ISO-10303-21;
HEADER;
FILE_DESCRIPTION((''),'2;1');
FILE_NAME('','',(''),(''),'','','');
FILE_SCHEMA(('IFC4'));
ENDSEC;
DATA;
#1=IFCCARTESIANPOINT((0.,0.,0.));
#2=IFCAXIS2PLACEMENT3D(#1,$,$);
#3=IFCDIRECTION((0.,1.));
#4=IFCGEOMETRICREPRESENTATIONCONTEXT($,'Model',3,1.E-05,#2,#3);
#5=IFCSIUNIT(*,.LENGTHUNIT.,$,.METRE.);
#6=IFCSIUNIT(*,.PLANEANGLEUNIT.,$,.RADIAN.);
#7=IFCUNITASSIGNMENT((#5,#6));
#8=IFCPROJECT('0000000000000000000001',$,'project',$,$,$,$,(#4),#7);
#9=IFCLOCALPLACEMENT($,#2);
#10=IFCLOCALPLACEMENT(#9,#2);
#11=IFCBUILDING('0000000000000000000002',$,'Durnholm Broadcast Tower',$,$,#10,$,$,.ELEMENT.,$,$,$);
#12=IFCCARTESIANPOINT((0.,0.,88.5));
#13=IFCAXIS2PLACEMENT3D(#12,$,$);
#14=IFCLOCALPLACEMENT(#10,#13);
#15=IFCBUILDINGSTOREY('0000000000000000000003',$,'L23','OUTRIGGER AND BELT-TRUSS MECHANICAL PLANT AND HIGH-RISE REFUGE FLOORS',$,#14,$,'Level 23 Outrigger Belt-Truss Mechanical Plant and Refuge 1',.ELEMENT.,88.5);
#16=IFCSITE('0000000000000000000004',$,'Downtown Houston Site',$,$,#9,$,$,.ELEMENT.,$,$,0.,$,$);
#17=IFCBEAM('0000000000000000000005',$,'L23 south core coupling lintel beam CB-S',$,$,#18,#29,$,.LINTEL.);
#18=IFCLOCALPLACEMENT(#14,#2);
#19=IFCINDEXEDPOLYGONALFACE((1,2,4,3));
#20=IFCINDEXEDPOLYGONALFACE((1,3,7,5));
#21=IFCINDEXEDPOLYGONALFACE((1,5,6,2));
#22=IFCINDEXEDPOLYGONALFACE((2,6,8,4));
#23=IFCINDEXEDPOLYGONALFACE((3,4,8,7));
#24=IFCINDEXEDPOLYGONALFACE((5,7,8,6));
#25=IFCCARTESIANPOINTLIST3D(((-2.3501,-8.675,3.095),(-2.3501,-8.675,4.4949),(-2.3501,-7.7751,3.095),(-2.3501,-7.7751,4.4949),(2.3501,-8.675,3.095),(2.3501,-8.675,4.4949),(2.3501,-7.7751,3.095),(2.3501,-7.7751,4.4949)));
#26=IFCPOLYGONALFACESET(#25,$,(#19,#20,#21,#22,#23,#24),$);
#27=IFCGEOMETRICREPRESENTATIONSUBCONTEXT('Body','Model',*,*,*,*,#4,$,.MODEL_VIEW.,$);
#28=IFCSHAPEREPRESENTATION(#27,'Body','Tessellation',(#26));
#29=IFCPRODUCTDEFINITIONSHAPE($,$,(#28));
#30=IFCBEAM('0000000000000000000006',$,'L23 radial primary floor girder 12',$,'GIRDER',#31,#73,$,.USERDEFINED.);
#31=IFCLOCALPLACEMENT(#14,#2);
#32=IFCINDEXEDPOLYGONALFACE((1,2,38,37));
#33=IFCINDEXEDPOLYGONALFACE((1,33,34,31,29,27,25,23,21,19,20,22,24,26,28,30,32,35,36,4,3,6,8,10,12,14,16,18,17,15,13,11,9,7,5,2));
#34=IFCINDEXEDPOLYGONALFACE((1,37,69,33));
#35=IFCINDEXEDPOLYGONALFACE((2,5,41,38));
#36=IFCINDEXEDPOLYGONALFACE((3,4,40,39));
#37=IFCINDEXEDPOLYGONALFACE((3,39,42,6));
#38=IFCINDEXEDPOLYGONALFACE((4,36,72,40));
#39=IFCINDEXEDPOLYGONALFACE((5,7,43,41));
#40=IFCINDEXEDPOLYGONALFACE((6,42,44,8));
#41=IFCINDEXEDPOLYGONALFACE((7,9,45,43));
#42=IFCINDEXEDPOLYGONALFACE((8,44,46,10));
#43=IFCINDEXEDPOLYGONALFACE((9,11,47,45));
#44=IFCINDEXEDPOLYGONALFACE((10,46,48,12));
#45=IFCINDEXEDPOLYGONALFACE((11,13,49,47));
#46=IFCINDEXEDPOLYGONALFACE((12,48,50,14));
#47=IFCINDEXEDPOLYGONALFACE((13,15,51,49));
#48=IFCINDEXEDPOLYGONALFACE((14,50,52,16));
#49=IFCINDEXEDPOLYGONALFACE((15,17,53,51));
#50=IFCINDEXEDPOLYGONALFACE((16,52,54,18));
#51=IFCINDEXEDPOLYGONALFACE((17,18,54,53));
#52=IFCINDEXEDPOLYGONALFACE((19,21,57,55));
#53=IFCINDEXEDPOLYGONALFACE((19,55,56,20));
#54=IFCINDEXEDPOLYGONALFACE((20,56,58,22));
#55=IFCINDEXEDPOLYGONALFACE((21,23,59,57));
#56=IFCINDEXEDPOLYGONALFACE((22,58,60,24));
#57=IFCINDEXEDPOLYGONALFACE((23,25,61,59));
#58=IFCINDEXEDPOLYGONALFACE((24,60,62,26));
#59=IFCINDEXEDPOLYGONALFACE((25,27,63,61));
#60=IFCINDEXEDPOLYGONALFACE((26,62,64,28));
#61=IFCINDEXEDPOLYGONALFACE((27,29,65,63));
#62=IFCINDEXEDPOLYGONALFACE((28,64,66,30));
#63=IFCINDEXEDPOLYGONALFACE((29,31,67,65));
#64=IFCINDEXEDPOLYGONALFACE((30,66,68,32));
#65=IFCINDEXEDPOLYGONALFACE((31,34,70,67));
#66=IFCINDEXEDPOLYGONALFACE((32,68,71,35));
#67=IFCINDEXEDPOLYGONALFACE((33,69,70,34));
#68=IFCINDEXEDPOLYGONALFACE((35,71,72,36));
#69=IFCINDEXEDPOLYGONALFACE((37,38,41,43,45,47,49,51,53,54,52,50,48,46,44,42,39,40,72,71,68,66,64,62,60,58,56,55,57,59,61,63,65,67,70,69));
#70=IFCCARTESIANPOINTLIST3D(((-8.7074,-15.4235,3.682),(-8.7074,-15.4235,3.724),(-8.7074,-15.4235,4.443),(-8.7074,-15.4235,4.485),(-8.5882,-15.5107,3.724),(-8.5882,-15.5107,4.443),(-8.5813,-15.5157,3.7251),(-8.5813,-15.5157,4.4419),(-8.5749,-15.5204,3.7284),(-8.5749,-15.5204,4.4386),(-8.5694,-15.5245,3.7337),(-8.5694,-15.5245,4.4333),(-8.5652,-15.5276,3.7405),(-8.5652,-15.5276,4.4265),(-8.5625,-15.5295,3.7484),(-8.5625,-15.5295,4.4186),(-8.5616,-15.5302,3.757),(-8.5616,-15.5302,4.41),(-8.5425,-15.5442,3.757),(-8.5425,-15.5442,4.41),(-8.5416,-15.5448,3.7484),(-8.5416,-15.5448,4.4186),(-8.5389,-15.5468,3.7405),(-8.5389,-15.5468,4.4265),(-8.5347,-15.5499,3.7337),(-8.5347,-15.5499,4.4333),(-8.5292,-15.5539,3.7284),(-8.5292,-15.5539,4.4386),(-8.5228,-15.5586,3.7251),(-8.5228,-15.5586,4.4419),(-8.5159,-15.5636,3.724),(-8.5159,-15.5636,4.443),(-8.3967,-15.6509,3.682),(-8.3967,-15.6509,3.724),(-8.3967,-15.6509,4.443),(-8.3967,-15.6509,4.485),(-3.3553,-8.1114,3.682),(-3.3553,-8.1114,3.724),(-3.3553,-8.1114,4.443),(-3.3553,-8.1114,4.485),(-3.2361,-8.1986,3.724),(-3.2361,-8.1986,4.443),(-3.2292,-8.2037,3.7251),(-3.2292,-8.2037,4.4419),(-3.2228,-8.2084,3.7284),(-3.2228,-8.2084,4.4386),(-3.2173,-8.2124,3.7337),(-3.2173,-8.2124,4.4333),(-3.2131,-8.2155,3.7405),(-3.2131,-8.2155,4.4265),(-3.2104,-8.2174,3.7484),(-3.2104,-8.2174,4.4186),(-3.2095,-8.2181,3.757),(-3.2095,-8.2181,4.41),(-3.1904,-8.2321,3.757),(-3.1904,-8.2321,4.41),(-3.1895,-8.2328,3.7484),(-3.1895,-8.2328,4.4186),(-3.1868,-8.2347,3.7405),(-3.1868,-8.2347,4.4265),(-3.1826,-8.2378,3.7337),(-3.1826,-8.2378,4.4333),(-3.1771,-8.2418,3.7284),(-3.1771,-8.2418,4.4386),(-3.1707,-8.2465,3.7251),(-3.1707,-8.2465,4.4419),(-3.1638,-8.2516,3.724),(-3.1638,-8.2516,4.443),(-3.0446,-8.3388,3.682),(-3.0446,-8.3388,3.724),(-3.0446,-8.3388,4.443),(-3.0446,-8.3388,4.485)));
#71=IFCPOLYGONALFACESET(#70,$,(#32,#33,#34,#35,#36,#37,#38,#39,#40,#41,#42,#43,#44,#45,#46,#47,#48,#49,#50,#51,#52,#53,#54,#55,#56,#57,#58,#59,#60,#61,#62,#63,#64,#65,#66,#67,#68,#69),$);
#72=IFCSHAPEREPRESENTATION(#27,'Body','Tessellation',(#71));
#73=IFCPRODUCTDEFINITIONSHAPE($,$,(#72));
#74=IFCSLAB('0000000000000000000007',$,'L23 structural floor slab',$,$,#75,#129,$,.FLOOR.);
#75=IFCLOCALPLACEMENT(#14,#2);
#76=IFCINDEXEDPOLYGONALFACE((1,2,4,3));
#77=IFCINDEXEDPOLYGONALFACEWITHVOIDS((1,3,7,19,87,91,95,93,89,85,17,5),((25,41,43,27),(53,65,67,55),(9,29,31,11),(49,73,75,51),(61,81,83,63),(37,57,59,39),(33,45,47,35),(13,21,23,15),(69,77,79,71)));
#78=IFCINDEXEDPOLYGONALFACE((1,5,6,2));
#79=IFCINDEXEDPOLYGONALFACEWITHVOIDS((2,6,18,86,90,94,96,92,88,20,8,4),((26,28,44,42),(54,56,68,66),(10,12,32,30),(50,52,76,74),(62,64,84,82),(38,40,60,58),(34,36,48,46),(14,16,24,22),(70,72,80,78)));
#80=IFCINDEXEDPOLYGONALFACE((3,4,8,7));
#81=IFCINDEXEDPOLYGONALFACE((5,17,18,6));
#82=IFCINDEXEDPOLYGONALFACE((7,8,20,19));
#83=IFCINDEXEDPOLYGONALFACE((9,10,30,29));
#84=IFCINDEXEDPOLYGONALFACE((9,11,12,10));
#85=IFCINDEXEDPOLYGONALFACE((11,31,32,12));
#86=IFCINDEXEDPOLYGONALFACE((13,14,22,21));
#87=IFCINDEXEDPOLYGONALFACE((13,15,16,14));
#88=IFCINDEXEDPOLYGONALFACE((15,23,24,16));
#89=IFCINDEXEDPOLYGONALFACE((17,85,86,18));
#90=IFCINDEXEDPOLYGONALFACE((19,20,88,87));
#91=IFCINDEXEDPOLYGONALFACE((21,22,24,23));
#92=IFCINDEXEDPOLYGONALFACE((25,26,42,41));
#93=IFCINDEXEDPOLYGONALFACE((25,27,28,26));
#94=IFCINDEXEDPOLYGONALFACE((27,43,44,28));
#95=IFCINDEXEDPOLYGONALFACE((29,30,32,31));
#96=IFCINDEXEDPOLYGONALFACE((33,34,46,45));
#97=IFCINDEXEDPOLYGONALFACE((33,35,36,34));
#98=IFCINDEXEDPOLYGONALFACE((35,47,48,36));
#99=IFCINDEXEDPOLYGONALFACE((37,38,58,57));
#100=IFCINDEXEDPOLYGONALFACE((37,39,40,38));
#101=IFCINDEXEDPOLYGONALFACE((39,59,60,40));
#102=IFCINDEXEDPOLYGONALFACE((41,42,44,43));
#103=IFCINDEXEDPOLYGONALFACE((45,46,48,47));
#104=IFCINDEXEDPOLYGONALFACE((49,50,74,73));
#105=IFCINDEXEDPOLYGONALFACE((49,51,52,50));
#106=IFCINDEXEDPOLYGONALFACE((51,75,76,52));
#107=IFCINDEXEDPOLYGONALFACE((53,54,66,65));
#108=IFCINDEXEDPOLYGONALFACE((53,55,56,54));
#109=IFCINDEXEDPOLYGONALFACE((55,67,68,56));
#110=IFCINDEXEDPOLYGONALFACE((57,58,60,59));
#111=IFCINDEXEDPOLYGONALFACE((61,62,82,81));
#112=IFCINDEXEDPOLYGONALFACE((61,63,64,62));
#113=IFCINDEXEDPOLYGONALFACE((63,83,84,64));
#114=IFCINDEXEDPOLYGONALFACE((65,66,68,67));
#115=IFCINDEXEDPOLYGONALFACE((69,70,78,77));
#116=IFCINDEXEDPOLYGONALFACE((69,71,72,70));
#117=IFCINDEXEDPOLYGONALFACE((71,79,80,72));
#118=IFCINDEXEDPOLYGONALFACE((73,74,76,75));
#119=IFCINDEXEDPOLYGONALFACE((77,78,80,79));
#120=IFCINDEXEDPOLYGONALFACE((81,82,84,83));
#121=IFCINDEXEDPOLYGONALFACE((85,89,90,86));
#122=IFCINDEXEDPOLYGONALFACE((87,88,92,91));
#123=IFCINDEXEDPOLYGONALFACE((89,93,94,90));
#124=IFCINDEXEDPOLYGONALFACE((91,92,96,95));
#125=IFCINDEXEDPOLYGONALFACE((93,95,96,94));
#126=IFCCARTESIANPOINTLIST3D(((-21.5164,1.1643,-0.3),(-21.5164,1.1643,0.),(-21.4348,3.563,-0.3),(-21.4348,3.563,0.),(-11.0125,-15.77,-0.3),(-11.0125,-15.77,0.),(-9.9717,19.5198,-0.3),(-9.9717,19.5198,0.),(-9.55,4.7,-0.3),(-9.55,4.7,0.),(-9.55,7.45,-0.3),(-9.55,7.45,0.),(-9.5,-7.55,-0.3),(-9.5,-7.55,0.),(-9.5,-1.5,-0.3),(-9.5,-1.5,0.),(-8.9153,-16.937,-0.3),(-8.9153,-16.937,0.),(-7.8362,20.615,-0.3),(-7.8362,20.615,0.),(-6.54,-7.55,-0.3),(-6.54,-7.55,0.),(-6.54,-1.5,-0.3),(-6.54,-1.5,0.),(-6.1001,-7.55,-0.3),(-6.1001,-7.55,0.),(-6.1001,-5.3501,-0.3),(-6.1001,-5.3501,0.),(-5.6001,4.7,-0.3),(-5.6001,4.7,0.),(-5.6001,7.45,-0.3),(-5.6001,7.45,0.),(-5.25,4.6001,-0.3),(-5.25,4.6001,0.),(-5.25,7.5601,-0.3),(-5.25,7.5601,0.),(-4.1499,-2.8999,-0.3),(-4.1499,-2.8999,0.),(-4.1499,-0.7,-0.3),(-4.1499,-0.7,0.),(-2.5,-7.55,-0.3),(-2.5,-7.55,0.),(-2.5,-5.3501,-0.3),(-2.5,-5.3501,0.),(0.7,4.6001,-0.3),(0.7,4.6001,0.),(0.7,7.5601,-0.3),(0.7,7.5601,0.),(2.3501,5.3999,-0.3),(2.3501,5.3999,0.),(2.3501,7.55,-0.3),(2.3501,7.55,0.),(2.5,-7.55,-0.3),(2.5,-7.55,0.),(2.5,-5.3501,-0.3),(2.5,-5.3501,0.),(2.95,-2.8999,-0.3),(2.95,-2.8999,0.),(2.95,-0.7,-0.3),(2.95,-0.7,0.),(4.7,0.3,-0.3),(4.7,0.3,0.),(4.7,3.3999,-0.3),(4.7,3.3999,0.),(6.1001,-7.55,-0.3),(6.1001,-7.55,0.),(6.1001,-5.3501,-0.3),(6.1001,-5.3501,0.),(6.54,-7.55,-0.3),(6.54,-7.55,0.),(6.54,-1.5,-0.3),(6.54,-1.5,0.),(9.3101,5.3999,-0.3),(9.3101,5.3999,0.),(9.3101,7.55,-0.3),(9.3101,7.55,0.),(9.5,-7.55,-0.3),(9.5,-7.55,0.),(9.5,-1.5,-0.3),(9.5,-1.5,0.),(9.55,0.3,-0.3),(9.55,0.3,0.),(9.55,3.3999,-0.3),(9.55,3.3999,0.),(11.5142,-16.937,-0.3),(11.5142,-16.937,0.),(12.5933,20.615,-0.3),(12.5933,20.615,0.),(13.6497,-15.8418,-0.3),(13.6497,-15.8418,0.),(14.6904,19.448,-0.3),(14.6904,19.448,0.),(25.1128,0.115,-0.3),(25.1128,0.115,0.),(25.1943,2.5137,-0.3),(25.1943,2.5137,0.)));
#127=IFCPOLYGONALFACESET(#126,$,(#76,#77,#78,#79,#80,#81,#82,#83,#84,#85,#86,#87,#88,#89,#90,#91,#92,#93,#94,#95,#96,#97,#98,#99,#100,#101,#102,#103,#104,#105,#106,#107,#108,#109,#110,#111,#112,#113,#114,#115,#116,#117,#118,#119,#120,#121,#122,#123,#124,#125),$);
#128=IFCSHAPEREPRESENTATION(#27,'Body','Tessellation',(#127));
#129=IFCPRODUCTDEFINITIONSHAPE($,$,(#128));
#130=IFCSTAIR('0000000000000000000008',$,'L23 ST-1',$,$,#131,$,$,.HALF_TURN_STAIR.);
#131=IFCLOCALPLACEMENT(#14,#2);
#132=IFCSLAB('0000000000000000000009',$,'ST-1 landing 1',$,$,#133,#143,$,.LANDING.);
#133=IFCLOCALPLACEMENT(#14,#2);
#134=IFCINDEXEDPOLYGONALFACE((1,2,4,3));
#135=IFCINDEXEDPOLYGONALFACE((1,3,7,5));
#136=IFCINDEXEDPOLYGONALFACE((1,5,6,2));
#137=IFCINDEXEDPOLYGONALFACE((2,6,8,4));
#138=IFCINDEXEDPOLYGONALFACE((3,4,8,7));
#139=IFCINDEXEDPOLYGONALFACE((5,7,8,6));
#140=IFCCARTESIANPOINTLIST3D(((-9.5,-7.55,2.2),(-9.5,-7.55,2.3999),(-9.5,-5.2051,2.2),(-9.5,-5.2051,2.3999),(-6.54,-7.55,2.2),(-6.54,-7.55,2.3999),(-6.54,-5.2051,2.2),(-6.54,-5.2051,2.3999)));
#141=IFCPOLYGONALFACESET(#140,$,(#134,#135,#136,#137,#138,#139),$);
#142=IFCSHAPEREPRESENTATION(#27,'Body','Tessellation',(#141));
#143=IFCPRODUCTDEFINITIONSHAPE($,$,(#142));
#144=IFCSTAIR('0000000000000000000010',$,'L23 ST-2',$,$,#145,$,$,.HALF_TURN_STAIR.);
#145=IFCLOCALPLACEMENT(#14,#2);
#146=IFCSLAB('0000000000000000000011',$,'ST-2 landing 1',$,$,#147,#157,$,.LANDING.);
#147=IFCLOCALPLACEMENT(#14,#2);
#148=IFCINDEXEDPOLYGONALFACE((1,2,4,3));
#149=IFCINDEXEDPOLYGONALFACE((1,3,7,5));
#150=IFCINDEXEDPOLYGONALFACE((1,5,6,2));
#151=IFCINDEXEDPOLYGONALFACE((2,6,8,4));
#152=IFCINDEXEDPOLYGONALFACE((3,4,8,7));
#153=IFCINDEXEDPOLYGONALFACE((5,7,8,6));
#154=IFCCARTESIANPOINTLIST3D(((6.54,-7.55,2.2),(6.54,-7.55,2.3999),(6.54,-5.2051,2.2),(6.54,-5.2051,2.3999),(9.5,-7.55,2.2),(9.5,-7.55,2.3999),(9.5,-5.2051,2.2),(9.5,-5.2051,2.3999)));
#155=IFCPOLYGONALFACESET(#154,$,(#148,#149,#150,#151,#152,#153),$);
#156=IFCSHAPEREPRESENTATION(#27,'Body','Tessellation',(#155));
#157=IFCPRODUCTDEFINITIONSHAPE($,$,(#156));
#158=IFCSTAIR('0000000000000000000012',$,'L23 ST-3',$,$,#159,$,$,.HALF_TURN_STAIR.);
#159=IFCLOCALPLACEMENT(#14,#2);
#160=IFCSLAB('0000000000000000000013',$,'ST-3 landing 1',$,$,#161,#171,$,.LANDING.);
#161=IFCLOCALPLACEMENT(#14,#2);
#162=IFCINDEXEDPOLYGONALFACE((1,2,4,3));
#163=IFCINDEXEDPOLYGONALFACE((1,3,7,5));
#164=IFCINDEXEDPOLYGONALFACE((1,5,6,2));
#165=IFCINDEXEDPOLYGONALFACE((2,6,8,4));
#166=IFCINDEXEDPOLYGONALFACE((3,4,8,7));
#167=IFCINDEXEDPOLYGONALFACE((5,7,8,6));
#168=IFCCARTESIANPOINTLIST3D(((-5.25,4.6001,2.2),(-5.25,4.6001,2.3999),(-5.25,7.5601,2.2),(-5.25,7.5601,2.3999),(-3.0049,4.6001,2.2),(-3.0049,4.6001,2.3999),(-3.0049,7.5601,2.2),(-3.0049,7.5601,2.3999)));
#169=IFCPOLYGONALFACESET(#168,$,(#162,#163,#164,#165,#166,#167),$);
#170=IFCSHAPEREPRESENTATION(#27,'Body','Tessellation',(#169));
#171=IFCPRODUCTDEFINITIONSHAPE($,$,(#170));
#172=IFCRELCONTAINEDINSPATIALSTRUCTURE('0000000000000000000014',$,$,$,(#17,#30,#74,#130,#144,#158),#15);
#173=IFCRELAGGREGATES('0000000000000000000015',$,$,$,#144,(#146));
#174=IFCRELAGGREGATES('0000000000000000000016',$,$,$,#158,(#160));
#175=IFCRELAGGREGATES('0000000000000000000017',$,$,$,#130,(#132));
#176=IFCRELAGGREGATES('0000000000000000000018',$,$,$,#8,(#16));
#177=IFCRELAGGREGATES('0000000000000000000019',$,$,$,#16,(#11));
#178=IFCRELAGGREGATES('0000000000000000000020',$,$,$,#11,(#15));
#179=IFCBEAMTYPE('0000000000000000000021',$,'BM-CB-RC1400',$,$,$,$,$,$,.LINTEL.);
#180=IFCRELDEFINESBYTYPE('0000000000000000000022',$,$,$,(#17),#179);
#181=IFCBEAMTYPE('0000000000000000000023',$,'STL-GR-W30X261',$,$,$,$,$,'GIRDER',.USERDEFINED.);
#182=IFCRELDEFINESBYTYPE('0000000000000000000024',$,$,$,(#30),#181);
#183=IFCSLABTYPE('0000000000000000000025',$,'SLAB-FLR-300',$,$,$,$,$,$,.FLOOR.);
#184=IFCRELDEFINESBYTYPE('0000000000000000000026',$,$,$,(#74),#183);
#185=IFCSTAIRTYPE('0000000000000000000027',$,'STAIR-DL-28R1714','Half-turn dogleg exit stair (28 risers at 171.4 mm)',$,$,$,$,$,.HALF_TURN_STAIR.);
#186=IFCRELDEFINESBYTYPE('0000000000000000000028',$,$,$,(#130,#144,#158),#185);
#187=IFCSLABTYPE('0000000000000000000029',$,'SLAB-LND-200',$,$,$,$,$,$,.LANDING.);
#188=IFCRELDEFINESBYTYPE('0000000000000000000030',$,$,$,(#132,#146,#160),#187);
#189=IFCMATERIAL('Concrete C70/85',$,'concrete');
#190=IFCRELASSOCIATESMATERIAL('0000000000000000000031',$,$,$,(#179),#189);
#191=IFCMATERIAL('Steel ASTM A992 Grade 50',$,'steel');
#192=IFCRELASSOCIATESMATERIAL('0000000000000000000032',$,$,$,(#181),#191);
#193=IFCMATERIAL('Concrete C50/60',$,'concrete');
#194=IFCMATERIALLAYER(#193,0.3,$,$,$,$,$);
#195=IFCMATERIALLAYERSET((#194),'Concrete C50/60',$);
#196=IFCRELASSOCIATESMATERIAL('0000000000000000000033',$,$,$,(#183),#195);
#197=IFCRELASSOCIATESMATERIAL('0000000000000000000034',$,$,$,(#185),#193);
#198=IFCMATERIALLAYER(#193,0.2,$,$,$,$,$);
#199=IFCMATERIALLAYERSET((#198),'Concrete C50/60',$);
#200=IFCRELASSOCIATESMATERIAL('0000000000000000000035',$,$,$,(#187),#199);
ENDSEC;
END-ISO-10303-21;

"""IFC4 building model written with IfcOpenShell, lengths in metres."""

from ifc_helpers import new_model, si_unit, direction, frame, origin, origin_2d, place, context, subcontext, project, spatial, polyline, rectangle, i_section, outline, extrude, source, transform, mapped, material, layer, layer_set, material_profile, profile_set, type_object, type_shapes, element, aggregate, save


model = new_model("IFC4")

# Units and contexts
model_context = context("Model", 3, precision=1e-05, world=origin(), true_north=direction((0.0, 1.0)))
body_context = subcontext(model_context, "Body", "Model", "MODEL_VIEW")
ifc_project = project(units=[si_unit("LENGTHUNIT", "METRE"), si_unit("PLANEANGLEUNIT", "RADIAN")], contexts=[model_context])

# Site, building, storey
site_placement = place(None, origin())
site = spatial("IfcSite", under=ifc_project, at=site_placement, Name="Downtown Houston Site", CompositionType="ELEMENT", RefElevation=0.0)
building_placement = place(site_placement, origin())
building = spatial("IfcBuilding", under=site, at=building_placement, Name="Durnholm Broadcast Tower", CompositionType="ELEMENT")
storey_placement = place(building_placement, frame((0.0, 0.0, 88.5)))
storey = spatial("IfcBuildingStorey", under=building, at=storey_placement, Name="L23", Description="OUTRIGGER AND BELT-TRUSS MECHANICAL PLANT AND HIGH-RISE REFUGE FLOORS", LongName="Level 23 Outrigger Belt-Truss Mechanical Plant and Refuge 1", CompositionType="ELEMENT", Elevation=88.5)

# Beams
ifc_material_1 = material(Name="Concrete C70/85", Category="concrete")
ifc_material_profile_1 = material_profile(ifc_material_1, rectangle(XDim=0.8999, YDim=1.3999, at=origin_2d()), Name="RC900X1400")
ifc_profile_set_1 = profile_set([ifc_material_profile_1], Name="Concrete C70/85")
beam_type_1 = type_object("IfcBeamType", Name="BM-CB-RC1400", PredefinedType="LINTEL", material=ifc_profile_set_1)
shared_shape_1 = source(origin(), body_context, "Body", "SweptSolid", [
    extrude(rectangle(XDim=0.8999, YDim=1.3999, at=origin_2d()), origin(), (0.0, 0.0, 1.0), 4.7002),
])
type_shapes(beam_type_1, [shared_shape_1])
beam_1_placement = place(storey_placement, frame((-2.3501, -8.2251, 3.7949), z_axis=(1.0, 0.0, 0.0), x_axis=(0.0, 1.0, 0.0)))
element("IfcBeam", 1, at=beam_1_placement, inside=storey, type_object=beam_type_1, Name="L23 south core coupling lintel beam CB-S", PredefinedType="LINTEL", context=body_context, shape_type="MappedRepresentation", body=[
    mapped(shared_shape_1, transform((0.0, 0.0, 0.0), x_axis=(1.0, 0.0, 0.0), y_axis=(0.0, 1.0, 0.0), z_axis=(0.0, 0.0, 1.0), scale=1.0)),
])
ifc_material_2 = material(Name="Steel ASTM A992 Grade 50", Category="steel")
ifc_material_profile_2 = material_profile(ifc_material_2, i_section(OverallWidth=0.385, OverallDepth=0.803, WebThickness=0.0237, FlangeThickness=0.042, FilletRadius=0.033, at=origin_2d()), Name="W30X261")
ifc_profile_set_2 = profile_set([ifc_material_profile_2], Name="Steel ASTM A992 Grade 50")
beam_type_2 = type_object("IfcBeamType", Name="STL-GR-W30X261", ElementType="GIRDER", PredefinedType="USERDEFINED", material=ifc_profile_set_2)
shared_shape_2 = source(origin(), body_context, "Body", "SweptSolid", [
    extrude(i_section(OverallWidth=0.385, OverallDepth=0.803, WebThickness=0.0237, FlangeThickness=0.042, FilletRadius=0.033, at=origin_2d()), origin(), (0.0, 0.0, 1.0), 9.0615),
])
type_shapes(beam_type_2, [shared_shape_2])
beam_2_placement = place(storey_placement, frame((-3.2, -8.2251, 4.0835), z_axis=(-0.590639, -0.806936, 0.0), x_axis=(0.806936, -0.590639, 0.0)))
element("IfcBeam", 2, at=beam_2_placement, inside=storey, type_object=beam_type_2, Name="L23 radial primary floor girder 12", ObjectType="GIRDER", PredefinedType="USERDEFINED", context=body_context, shape_type="MappedRepresentation", body=[
    mapped(shared_shape_2, transform((0.0, 0.0, 0.0), x_axis=(1.0, 0.0, 0.0), y_axis=(0.0, 1.0, 0.0), z_axis=(0.0, 0.0, 1.0), scale=1.0)),
])

# Slab
ifc_material_3 = material(Name="Concrete C50/60", Category="concrete")
ifc_layer_1 = layer(ifc_material_3, 0.3)
ifc_layer_set_1 = layer_set([ifc_layer_1], Name="Concrete C50/60")
slab_type_1 = type_object("IfcSlabType", Name="SLAB-FLR-300", PredefinedType="FLOOR", material=ifc_layer_set_1)
slab_1_placement = place(storey_placement, frame((0.0, 0.0, -0.3)))
element("IfcSlab", 3, at=slab_1_placement, inside=storey, type_object=slab_type_1, Name="L23 structural floor slab", PredefinedType="FLOOR", context=body_context, shape_type="SweptSolid", body=[
    extrude(outline(polyline([(-11.0125, -15.77), (-8.9153, -16.937), (11.5142, -16.937), (13.6497, -15.8418), (25.1128, 0.115), (25.1943, 2.5137), (14.6904, 19.448), (12.5933, 20.615), (-7.8362, 20.615), (-9.9717, 19.5198), (-21.4348, 3.563), (-21.5164, 1.1643), (-11.0125, -15.77)]), holes=[polyline([(-2.5, -5.3501), (-6.1001, -5.3501), (-6.1001, -7.55), (-2.5, -7.55), (-2.5, -5.3501)]), polyline([(6.1001, -5.3501), (2.5, -5.3501), (2.5, -7.55), (6.1001, -7.55), (6.1001, -5.3501)]), polyline([(-6.54, -7.55), (-6.54, -1.5), (-9.5, -1.5), (-9.5, -7.55), (-6.54, -7.55)]), polyline([(9.5, -7.55), (9.5, -1.5), (6.54, -1.5), (6.54, -7.55), (9.5, -7.55)]), polyline([(2.95, -0.7), (-4.1499, -0.7), (-4.1499, -2.8999), (2.95, -2.8999), (2.95, -0.7)]), polyline([(9.55, 3.3999), (4.7, 3.3999), (4.7, 0.3), (9.55, 0.3), (9.55, 3.3999)]), polyline([(-5.6001, 7.45), (-9.55, 7.45), (-9.55, 4.7), (-5.6001, 4.7), (-5.6001, 7.45)]), polyline([(-5.25, 7.5601), (-5.25, 4.6001), (0.7, 4.6001), (0.7, 7.5601), (-5.25, 7.5601)]), polyline([(9.3101, 5.3999), (9.3101, 7.55), (2.3501, 7.55), (2.3501, 5.3999), (9.3101, 5.3999)])]), origin(), (0.0, 0.0, 1.0), 0.3),
])

# Stairs, slabs
stair_type = type_object("IfcStairType", Name="STAIR-DL-28R1714", Description="Half-turn dogleg exit stair (28 risers at 171.4 mm)", PredefinedType="HALF_TURN_STAIR", material=ifc_material_3)
stair_1_placement = place(storey_placement, origin())
stair_1 = element("IfcStair", 4, at=stair_1_placement, inside=storey, type_object=stair_type, Name="L23 ST-1", PredefinedType="HALF_TURN_STAIR")
ifc_layer_2 = layer(ifc_material_3, 0.2)
ifc_layer_set_2 = layer_set([ifc_layer_2], Name="Concrete C50/60")
slab_type_2 = type_object("IfcSlabType", Name="SLAB-LND-200", PredefinedType="LANDING", material=ifc_layer_set_2)
slab_2_placement = place(storey_placement, frame((0.0, 0.0, 2.2)))
slab_2 = element("IfcSlab", 5, at=slab_2_placement, type_object=slab_type_2, Name="ST-1 landing 1", PredefinedType="LANDING", context=body_context, shape_type="SweptSolid", body=[
    extrude(outline(polyline([(-9.5, -5.2051), (-9.5, -7.55), (-6.54, -7.55), (-6.54, -5.2051), (-9.5, -5.2051)])), origin(), (0.0, 0.0, 1.0), 0.2),
])
stair_2_placement = place(storey_placement, origin())
stair_2 = element("IfcStair", 6, at=stair_2_placement, inside=storey, type_object=stair_type, Name="L23 ST-2", PredefinedType="HALF_TURN_STAIR")
slab_3_placement = place(storey_placement, frame((0.0, 0.0, 2.2)))
slab_3 = element("IfcSlab", 7, at=slab_3_placement, type_object=slab_type_2, Name="ST-2 landing 1", PredefinedType="LANDING", context=body_context, shape_type="SweptSolid", body=[
    extrude(outline(polyline([(6.54, -5.2051), (6.54, -7.55), (9.5, -7.55), (9.5, -5.2051), (6.54, -5.2051)])), origin(), (0.0, 0.0, 1.0), 0.2),
])
aggregate(stair_2, [slab_3])
stair_3_placement = place(storey_placement, origin())
stair_3 = element("IfcStair", 8, at=stair_3_placement, inside=storey, type_object=stair_type, Name="L23 ST-3", PredefinedType="HALF_TURN_STAIR")
slab_4_placement = place(storey_placement, frame((0.0, 0.0, 2.2)))
slab_4 = element("IfcSlab", 9, at=slab_4_placement, type_object=slab_type_2, Name="ST-3 landing 1", PredefinedType="LANDING", context=body_context, shape_type="SweptSolid", body=[
    extrude(outline(polyline([(-3.0049, 7.5601), (-5.25, 7.5601), (-5.25, 4.6001), (-3.0049, 4.6001), (-3.0049, 7.5601)])), origin(), (0.0, 0.0, 1.0), 0.2),
])
aggregate(stair_3, [slab_4])

aggregate(stair_1, [slab_2])

save(model, "model.ifc")
